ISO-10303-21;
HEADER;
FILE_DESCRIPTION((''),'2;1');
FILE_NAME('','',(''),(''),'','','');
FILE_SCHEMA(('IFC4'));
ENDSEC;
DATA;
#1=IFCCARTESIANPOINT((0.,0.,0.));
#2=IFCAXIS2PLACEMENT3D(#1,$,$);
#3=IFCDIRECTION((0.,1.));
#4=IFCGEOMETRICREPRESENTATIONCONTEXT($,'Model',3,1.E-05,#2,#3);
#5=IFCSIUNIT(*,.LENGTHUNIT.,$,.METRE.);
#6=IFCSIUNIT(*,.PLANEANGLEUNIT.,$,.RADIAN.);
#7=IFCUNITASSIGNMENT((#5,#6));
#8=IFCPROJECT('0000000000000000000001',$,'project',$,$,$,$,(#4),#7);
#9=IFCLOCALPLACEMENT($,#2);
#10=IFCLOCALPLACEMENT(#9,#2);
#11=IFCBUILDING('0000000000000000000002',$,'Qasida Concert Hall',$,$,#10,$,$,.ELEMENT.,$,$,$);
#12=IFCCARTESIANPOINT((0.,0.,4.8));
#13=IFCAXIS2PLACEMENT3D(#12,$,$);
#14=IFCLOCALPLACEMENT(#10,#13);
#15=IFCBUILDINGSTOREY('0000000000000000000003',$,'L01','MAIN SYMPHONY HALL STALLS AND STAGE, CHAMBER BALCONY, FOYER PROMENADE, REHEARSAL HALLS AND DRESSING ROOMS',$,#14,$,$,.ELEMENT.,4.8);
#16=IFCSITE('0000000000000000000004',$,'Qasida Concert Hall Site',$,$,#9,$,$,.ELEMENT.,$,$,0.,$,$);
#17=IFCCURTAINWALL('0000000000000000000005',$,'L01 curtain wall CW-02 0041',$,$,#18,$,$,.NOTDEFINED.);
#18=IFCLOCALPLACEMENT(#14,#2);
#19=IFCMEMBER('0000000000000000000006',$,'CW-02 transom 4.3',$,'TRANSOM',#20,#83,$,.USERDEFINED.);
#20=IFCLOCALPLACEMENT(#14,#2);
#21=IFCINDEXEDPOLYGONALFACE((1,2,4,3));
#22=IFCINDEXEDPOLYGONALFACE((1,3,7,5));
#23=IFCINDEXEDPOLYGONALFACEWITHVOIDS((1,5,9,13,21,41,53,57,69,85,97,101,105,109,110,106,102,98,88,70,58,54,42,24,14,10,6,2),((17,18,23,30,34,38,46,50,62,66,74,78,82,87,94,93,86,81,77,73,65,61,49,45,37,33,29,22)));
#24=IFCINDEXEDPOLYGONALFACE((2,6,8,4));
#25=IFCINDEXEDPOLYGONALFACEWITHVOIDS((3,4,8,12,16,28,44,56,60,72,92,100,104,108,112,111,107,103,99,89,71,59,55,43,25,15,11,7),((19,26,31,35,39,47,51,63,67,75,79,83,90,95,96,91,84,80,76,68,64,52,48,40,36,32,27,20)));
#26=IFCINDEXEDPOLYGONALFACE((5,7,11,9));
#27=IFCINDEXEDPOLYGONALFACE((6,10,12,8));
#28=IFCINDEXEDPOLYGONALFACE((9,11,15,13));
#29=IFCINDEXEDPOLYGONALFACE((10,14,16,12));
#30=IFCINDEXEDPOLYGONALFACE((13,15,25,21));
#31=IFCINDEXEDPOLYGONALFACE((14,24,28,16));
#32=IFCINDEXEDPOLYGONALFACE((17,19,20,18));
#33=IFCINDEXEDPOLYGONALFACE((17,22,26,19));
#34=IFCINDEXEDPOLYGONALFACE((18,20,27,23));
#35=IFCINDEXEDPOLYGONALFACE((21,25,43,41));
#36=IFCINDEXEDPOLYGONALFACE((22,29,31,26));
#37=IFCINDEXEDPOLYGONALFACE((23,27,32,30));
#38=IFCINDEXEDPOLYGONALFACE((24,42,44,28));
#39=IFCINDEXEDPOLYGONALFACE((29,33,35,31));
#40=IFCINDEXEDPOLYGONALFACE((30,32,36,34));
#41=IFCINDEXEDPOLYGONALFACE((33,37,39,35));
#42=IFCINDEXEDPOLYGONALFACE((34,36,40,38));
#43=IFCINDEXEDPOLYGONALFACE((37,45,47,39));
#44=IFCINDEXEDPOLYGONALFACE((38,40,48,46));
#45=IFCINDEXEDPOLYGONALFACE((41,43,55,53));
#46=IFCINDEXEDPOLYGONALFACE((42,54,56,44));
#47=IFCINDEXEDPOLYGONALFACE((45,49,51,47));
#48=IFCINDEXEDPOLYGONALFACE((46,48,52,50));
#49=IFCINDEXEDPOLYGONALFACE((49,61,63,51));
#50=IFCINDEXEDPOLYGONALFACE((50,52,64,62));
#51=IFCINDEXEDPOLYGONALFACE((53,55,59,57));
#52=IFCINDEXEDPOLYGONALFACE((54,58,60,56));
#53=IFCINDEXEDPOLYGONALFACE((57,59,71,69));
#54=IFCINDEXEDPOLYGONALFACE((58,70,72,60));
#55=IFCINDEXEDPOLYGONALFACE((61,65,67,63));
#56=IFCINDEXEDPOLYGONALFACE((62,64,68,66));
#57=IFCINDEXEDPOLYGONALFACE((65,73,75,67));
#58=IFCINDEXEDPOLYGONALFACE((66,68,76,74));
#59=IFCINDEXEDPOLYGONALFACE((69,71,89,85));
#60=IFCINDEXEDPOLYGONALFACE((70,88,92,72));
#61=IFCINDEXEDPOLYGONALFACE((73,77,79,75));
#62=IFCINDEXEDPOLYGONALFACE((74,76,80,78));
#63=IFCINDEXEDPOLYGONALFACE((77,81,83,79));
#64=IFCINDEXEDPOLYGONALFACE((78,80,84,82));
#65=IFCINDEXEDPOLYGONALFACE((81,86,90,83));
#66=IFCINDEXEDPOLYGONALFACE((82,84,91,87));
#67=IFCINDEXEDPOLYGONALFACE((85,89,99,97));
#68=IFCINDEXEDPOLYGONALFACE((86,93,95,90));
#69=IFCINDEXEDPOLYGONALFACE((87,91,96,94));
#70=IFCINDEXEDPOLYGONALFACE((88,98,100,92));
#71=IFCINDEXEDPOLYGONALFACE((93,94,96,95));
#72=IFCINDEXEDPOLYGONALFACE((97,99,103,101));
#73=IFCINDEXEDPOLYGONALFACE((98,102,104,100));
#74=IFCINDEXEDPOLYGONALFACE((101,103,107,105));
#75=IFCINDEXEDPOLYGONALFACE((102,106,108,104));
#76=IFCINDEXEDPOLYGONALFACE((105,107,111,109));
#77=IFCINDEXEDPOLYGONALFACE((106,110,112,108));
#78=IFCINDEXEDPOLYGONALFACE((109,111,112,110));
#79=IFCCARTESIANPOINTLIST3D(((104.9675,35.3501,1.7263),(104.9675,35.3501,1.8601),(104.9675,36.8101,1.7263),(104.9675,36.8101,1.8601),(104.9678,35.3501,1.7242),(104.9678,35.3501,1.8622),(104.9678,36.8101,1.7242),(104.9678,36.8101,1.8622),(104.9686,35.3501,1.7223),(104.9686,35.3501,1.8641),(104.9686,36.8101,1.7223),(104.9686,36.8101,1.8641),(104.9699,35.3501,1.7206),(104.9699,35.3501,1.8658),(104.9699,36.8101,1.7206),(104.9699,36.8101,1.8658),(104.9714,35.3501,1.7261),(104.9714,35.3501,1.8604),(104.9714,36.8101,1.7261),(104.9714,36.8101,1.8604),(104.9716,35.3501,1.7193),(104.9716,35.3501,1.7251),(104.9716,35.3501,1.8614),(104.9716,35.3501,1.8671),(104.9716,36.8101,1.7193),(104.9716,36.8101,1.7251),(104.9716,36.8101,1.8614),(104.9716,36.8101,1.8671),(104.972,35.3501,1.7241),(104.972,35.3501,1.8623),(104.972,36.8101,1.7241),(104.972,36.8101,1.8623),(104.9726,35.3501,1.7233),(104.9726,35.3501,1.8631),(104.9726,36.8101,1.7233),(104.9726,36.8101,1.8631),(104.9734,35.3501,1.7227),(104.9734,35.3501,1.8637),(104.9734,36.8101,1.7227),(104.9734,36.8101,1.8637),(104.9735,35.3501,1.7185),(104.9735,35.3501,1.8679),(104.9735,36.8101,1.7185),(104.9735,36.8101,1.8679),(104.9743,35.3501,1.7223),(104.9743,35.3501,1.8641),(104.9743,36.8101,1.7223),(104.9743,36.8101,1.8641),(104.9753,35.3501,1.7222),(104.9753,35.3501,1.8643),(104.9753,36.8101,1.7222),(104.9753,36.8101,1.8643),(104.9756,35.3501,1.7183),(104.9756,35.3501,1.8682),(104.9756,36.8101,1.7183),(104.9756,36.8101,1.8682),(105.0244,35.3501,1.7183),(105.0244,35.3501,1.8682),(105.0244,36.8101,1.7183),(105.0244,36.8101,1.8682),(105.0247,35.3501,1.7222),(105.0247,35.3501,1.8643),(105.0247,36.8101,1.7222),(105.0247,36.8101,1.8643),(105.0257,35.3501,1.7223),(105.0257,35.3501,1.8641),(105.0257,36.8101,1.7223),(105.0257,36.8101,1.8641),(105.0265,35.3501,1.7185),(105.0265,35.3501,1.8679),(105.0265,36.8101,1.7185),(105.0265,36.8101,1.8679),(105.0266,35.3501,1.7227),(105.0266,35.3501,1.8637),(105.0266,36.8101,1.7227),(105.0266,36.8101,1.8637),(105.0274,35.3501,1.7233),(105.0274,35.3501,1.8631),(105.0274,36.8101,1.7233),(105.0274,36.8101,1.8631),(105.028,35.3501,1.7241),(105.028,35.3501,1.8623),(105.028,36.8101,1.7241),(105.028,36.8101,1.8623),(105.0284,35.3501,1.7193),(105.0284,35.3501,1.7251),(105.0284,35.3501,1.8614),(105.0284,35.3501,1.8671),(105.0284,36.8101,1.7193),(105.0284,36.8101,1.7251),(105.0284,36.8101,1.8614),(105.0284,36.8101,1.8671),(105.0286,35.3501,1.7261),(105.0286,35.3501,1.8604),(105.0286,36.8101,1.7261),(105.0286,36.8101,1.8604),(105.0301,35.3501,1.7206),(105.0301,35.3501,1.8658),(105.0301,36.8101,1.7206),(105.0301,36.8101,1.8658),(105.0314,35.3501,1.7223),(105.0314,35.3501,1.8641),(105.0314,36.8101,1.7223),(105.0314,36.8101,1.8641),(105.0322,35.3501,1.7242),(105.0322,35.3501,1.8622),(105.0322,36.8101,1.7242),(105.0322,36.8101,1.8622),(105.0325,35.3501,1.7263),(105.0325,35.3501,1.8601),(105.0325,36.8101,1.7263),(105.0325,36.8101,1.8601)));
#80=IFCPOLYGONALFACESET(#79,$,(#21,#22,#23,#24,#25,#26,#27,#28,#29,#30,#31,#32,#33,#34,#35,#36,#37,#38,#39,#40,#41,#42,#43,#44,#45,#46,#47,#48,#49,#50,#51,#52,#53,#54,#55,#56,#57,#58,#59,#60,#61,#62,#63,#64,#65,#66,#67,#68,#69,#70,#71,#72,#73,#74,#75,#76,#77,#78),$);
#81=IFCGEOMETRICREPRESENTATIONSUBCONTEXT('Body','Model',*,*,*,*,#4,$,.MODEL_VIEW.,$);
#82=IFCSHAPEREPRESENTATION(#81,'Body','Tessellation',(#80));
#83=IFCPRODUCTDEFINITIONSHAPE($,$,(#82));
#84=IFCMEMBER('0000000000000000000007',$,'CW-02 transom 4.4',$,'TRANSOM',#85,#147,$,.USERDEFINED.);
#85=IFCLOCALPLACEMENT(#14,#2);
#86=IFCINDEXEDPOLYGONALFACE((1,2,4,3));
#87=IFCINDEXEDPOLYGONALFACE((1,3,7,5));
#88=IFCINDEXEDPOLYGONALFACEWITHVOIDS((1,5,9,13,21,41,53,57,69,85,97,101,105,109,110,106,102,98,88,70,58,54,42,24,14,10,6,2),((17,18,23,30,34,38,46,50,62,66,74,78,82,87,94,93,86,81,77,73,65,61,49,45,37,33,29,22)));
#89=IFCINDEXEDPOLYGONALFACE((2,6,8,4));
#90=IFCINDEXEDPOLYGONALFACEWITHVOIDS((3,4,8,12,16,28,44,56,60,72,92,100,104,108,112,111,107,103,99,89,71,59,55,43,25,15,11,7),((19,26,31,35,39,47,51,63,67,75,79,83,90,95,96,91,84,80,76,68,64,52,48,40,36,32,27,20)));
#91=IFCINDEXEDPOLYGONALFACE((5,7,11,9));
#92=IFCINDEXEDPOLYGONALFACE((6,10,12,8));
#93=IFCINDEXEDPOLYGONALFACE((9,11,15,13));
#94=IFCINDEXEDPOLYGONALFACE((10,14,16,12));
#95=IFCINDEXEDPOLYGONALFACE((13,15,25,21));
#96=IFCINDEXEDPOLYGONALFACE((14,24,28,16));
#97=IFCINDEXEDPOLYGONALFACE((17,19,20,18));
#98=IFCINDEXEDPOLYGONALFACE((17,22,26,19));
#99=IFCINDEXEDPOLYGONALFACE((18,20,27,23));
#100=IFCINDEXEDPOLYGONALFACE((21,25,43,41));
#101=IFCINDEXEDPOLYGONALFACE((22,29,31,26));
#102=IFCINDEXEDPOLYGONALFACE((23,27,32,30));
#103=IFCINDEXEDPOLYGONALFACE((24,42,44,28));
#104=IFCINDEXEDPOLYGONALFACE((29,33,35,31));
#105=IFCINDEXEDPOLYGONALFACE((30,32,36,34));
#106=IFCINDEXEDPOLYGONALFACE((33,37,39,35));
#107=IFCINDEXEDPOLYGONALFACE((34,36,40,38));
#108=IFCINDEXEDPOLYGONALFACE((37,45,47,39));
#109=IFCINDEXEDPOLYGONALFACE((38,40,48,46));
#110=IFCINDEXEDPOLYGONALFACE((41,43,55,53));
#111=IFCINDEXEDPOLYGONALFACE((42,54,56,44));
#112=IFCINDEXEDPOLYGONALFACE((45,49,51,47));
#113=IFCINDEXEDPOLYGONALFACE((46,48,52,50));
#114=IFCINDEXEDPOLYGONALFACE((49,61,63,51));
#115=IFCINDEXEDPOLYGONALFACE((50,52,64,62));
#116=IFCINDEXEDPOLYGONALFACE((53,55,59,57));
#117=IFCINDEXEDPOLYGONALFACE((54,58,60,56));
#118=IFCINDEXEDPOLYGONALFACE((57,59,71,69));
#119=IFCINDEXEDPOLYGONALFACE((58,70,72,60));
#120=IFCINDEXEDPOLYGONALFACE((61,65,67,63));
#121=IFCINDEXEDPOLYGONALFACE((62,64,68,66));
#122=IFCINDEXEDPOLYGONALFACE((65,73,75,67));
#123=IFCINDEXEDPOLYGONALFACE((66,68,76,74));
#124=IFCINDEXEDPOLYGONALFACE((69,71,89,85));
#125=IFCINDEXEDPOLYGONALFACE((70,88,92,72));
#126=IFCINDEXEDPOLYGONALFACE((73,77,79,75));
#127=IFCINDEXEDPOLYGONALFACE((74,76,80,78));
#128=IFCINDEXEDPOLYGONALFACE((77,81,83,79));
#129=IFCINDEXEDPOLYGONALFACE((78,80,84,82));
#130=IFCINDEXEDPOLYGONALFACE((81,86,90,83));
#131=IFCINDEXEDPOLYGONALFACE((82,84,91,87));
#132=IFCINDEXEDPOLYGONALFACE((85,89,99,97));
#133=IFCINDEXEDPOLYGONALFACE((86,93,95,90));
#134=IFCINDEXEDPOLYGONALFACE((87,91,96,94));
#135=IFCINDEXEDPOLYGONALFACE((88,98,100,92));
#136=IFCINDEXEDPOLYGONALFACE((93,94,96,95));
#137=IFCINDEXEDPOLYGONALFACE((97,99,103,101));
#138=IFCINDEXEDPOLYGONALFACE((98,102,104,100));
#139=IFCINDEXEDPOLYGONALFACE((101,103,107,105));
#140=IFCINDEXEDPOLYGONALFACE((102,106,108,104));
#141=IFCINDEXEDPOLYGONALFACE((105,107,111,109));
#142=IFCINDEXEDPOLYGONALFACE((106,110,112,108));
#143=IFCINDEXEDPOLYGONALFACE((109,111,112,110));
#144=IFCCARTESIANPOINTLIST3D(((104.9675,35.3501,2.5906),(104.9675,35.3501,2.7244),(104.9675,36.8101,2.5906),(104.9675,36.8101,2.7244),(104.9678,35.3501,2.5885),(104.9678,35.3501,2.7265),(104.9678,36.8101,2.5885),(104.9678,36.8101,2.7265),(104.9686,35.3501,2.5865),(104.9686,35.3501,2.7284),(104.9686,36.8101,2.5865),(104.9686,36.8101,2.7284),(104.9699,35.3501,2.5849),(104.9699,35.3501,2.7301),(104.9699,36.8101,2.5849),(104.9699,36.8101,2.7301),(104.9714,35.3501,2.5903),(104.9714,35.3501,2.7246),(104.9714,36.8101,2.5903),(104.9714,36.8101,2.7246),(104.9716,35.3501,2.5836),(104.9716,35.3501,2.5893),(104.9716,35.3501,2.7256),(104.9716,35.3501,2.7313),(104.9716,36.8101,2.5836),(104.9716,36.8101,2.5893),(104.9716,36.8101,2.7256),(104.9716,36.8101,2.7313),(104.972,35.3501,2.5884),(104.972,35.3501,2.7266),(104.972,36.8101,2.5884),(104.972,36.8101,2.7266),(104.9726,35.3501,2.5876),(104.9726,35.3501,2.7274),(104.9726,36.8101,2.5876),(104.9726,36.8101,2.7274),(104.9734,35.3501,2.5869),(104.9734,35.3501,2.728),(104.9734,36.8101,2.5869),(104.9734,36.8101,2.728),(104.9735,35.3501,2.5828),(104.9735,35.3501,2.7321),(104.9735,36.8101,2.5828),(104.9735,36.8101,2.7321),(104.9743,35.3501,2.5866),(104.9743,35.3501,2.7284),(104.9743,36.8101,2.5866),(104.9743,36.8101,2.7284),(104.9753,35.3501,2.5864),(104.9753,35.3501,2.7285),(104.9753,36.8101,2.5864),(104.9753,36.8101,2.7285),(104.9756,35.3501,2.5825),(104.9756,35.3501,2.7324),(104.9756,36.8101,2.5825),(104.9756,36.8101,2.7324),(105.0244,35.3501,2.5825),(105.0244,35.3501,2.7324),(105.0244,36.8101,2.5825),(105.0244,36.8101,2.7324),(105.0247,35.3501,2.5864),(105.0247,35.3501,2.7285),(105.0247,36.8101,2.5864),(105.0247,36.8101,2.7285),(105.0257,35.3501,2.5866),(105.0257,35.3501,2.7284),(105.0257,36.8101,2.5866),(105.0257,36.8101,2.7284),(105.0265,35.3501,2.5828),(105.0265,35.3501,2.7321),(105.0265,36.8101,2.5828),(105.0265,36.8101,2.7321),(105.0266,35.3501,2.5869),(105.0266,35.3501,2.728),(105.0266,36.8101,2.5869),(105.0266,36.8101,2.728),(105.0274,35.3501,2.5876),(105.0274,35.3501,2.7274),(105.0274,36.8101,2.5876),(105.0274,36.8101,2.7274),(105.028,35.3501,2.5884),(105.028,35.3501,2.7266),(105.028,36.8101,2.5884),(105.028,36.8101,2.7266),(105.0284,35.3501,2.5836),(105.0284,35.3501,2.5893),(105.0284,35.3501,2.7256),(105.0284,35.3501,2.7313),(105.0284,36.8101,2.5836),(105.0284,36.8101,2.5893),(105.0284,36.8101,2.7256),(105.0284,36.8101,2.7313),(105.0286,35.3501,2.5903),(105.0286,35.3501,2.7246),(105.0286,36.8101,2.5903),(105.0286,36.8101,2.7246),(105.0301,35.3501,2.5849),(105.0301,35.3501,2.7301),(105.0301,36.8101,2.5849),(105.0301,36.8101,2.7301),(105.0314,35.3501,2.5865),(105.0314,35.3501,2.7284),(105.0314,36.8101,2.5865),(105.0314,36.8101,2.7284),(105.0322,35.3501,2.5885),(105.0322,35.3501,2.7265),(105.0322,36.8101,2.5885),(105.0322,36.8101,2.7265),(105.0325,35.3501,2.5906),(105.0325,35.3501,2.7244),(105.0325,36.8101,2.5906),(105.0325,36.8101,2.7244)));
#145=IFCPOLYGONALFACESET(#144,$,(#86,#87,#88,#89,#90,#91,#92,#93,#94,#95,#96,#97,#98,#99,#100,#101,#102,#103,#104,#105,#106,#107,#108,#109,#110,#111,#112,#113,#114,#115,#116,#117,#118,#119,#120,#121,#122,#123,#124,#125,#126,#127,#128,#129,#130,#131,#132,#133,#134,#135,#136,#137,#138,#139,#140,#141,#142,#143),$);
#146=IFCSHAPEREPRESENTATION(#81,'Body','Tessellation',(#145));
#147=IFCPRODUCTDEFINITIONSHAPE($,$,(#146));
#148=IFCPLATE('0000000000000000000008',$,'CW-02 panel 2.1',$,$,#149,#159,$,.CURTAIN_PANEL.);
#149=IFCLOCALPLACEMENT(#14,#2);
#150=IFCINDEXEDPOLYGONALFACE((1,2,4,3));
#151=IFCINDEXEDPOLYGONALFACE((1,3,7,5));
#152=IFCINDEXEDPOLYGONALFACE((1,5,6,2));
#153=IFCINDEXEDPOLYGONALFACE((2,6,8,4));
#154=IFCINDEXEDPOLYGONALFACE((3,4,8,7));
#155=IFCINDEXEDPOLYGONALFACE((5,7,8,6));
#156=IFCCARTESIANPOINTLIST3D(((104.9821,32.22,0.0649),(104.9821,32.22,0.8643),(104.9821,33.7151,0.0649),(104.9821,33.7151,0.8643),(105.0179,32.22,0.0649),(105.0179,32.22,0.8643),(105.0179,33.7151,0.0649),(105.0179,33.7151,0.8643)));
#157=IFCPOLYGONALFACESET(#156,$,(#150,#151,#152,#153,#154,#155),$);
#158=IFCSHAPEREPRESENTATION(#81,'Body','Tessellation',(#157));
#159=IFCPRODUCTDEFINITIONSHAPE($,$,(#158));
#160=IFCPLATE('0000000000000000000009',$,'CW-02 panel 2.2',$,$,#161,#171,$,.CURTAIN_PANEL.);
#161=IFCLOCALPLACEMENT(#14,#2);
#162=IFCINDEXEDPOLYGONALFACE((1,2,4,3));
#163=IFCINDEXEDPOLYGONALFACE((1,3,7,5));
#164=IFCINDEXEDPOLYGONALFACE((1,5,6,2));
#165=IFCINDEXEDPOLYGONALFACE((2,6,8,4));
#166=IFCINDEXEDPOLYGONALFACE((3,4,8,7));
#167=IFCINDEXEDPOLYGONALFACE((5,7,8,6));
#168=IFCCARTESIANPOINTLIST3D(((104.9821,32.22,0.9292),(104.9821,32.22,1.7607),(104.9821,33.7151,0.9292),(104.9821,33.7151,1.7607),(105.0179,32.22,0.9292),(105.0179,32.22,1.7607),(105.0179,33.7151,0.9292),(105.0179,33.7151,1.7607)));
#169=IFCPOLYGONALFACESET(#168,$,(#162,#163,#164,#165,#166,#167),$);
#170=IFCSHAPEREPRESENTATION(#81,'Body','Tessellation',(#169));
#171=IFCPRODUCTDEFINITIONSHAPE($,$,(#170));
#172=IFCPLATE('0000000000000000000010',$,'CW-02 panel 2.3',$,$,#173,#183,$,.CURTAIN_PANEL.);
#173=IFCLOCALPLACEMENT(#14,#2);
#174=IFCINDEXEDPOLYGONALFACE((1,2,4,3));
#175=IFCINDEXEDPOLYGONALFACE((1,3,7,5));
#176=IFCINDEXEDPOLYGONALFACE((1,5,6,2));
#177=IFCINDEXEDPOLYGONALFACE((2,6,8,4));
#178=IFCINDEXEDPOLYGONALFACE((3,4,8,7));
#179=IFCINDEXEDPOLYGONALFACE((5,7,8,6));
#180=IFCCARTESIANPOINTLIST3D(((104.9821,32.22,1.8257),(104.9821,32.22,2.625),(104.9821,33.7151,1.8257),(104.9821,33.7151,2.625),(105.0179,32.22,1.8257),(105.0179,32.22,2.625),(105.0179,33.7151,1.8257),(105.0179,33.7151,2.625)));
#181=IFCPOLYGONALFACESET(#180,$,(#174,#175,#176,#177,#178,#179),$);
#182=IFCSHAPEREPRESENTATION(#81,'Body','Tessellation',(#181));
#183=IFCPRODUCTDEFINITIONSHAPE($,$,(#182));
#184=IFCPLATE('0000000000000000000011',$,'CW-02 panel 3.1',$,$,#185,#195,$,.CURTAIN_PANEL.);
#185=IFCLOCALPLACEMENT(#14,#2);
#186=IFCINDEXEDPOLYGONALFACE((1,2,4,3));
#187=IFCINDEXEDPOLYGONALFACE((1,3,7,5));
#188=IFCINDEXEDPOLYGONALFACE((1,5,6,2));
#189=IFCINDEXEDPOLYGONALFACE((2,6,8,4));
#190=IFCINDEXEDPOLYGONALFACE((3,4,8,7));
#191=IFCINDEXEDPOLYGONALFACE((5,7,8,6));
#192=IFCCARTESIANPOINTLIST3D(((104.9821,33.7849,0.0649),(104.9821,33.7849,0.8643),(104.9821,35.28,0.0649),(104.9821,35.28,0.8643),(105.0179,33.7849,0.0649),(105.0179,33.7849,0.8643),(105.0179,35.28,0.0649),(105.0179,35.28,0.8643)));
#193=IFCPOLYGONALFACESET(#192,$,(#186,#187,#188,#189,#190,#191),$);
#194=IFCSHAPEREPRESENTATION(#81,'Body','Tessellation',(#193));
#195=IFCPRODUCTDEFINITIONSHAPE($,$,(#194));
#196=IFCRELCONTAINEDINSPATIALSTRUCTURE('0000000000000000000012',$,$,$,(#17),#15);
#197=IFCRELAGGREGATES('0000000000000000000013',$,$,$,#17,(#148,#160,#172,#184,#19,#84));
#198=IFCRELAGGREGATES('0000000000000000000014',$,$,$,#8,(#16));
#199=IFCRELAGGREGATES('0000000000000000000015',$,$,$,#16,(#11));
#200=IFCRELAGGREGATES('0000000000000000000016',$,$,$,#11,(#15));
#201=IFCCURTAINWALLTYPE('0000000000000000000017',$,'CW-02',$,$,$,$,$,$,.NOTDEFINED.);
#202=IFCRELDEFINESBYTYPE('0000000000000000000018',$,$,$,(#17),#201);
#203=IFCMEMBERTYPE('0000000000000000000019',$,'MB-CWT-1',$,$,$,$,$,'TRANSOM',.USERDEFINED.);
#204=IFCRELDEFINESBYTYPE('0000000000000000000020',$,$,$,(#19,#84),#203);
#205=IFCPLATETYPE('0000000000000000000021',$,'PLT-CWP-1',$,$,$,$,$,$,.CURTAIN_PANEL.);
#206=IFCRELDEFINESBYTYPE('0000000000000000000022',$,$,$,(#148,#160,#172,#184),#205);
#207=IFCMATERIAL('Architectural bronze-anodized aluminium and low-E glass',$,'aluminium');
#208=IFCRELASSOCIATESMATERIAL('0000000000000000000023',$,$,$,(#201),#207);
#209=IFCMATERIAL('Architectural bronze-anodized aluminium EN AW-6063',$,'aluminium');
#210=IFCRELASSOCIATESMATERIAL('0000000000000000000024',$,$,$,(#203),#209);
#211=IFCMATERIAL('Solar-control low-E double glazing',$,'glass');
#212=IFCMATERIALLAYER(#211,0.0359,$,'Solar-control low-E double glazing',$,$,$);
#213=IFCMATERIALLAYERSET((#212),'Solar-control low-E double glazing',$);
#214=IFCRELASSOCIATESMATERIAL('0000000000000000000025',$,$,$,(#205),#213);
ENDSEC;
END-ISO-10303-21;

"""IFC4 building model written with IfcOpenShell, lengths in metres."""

from ifc_helpers import new_model, si_unit, direction, frame, origin, origin_2d, place, context, subcontext, project, spatial, rectangle, hollow_rectangle, extrude, material, layer, layer_set, material_profile, profile_set, type_object, element, aggregate, save


model = new_model("IFC4")

# Units and contexts
model_context = context("Model", 3, precision=1e-05, world=origin(), true_north=direction((0.0, 1.0)))
body_context = subcontext(model_context, "Body", "Model", "MODEL_VIEW")
ifc_project = project(units=[si_unit("LENGTHUNIT", "METRE"), si_unit("PLANEANGLEUNIT", "RADIAN")], contexts=[model_context])

# Site, building, storey
site_placement = place(None, origin())
site = spatial("IfcSite", under=ifc_project, at=site_placement, Name="Qasida Concert Hall Site", CompositionType="ELEMENT", RefElevation=0.0)
building_placement = place(site_placement, origin())
building = spatial("IfcBuilding", under=site, at=building_placement, Name="Qasida Concert Hall", CompositionType="ELEMENT")
storey_placement = place(building_placement, frame((0.0, 0.0, 4.8)))
storey = spatial("IfcBuildingStorey", under=building, at=storey_placement, Name="L01", Description="MAIN SYMPHONY HALL STALLS AND STAGE, CHAMBER BALCONY, FOYER PROMENADE, REHEARSAL HALLS AND DRESSING ROOMS", CompositionType="ELEMENT", Elevation=4.8)

# Curtain wall, members, plates
ifc_material_1 = material(Name="Architectural bronze-anodized aluminium and low-E glass", Category="aluminium")
curtain_wall_type = type_object("IfcCurtainWallType", Name="CW-02", PredefinedType="NOTDEFINED", material=ifc_material_1)
curtain_wall_placement = place(storey_placement, origin())
curtain_wall = element("IfcCurtainWall", 1, at=curtain_wall_placement, inside=storey, type_object=curtain_wall_type, Name="L01 curtain wall CW-02 0041", PredefinedType="NOTDEFINED")
ifc_material_2 = material(Name="Architectural bronze-anodized aluminium EN AW-6063", Category="aluminium")
ifc_material_profile_1 = material_profile(ifc_material_2, hollow_rectangle(XDim=0.0649, YDim=0.1499, WallThickness=0.0039, InnerFilletRadius=0.0039, OuterFilletRadius=0.0081, at=origin_2d()), Name="CWT 150x65x4")
ifc_profile_set_1 = profile_set([ifc_material_profile_1], Name="Architectural bronze-anodized aluminium EN AW-6063")
member_type_1 = type_object("IfcMemberType", Name="MB-CWT-1", ElementType="TRANSOM", PredefinedType="USERDEFINED", material=ifc_profile_set_1)
member_1_placement = place(storey_placement, frame((105.0, 35.3501, 1.7932), z_axis=(0.0, 1.0, 0.0), x_axis=(-1.0, 0.0, 0.0)))
member_1 = element("IfcMember", 2, at=member_1_placement, type_object=member_type_1, Name="CW-02 transom 4.3", ObjectType="TRANSOM", PredefinedType="USERDEFINED", context=body_context, shape_type="SweptSolid", body=[
    extrude(hollow_rectangle(XDim=0.0649, YDim=0.1499, WallThickness=0.0039, InnerFilletRadius=0.0039, OuterFilletRadius=0.0081, at=origin_2d()), origin(), (0.0, 0.0, 1.0), 1.46),
])
member_2_placement = place(storey_placement, frame((105.0, 35.3501, 2.6575), z_axis=(0.0, 1.0, 0.0), x_axis=(-1.0, 0.0, 0.0)))
member_2 = element("IfcMember", 3, at=member_2_placement, type_object=member_type_1, Name="CW-02 transom 4.4", ObjectType="TRANSOM", PredefinedType="USERDEFINED", context=body_context, shape_type="SweptSolid", body=[
    extrude(hollow_rectangle(XDim=0.0649, YDim=0.1499, WallThickness=0.0039, InnerFilletRadius=0.0039, OuterFilletRadius=0.0081, at=origin_2d()), origin(), (0.0, 0.0, 1.0), 1.46),
])
ifc_material_3 = material(Name="Solar-control low-E double glazing", Category="glass")
ifc_layer_1 = layer(ifc_material_3, 0.0359, Name="Solar-control low-E double glazing")
ifc_layer_set_1 = layer_set([ifc_layer_1], Name="Solar-control low-E double glazing")
plate_type = type_object("IfcPlateType", Name="PLT-CWP-1", PredefinedType="CURTAIN_PANEL", material=ifc_layer_set_1)
plate_1_placement = place(storey_placement, frame((105.0, 32.9675, 0.0649), z_axis=(0.0, 0.0, 1.0), x_axis=(0.0, 1.0, 0.0)))
plate_1 = element("IfcPlate", 4, at=plate_1_placement, type_object=plate_type, Name="CW-02 panel 2.1", PredefinedType="CURTAIN_PANEL", context=body_context, shape_type="SweptSolid", body=[
    extrude(rectangle(XDim=1.4951, YDim=0.0359, at=origin_2d()), origin(), (0.0, 0.0, 1.0), 0.7993),
])
plate_2_placement = place(storey_placement, frame((105.0, 32.9675, 0.9292), z_axis=(0.0, 0.0, 1.0), x_axis=(0.0, 1.0, 0.0)))
plate_2 = element("IfcPlate", 5, at=plate_2_placement, type_object=plate_type, Name="CW-02 panel 2.2", PredefinedType="CURTAIN_PANEL", context=body_context, shape_type="SweptSolid", body=[
    extrude(rectangle(XDim=1.4951, YDim=0.0359, at=origin_2d()), origin(), (0.0, 0.0, 1.0), 0.8315),
])
plate_3_placement = place(storey_placement, frame((105.0, 32.9675, 1.8257), z_axis=(0.0, 0.0, 1.0), x_axis=(0.0, 1.0, 0.0)))
plate_3 = element("IfcPlate", 6, at=plate_3_placement, type_object=plate_type, Name="CW-02 panel 2.3", PredefinedType="CURTAIN_PANEL", context=body_context, shape_type="SweptSolid", body=[
    extrude(rectangle(XDim=1.4951, YDim=0.0359, at=origin_2d()), origin(), (0.0, 0.0, 1.0), 0.7993),
])
plate_4_placement = place(storey_placement, frame((105.0, 34.5325, 0.0649), z_axis=(0.0, 0.0, 1.0), x_axis=(0.0, 1.0, 0.0)))
plate_4 = element("IfcPlate", 7, at=plate_4_placement, type_object=plate_type, Name="CW-02 panel 3.1", PredefinedType="CURTAIN_PANEL", context=body_context, shape_type="SweptSolid", body=[
    extrude(rectangle(XDim=1.4951, YDim=0.0359, at=origin_2d()), origin(), (0.0, 0.0, 1.0), 0.7993),
])
aggregate(curtain_wall, [plate_1, plate_2, plate_3, plate_4, member_1, member_2])

save(model, "model.ifc")
